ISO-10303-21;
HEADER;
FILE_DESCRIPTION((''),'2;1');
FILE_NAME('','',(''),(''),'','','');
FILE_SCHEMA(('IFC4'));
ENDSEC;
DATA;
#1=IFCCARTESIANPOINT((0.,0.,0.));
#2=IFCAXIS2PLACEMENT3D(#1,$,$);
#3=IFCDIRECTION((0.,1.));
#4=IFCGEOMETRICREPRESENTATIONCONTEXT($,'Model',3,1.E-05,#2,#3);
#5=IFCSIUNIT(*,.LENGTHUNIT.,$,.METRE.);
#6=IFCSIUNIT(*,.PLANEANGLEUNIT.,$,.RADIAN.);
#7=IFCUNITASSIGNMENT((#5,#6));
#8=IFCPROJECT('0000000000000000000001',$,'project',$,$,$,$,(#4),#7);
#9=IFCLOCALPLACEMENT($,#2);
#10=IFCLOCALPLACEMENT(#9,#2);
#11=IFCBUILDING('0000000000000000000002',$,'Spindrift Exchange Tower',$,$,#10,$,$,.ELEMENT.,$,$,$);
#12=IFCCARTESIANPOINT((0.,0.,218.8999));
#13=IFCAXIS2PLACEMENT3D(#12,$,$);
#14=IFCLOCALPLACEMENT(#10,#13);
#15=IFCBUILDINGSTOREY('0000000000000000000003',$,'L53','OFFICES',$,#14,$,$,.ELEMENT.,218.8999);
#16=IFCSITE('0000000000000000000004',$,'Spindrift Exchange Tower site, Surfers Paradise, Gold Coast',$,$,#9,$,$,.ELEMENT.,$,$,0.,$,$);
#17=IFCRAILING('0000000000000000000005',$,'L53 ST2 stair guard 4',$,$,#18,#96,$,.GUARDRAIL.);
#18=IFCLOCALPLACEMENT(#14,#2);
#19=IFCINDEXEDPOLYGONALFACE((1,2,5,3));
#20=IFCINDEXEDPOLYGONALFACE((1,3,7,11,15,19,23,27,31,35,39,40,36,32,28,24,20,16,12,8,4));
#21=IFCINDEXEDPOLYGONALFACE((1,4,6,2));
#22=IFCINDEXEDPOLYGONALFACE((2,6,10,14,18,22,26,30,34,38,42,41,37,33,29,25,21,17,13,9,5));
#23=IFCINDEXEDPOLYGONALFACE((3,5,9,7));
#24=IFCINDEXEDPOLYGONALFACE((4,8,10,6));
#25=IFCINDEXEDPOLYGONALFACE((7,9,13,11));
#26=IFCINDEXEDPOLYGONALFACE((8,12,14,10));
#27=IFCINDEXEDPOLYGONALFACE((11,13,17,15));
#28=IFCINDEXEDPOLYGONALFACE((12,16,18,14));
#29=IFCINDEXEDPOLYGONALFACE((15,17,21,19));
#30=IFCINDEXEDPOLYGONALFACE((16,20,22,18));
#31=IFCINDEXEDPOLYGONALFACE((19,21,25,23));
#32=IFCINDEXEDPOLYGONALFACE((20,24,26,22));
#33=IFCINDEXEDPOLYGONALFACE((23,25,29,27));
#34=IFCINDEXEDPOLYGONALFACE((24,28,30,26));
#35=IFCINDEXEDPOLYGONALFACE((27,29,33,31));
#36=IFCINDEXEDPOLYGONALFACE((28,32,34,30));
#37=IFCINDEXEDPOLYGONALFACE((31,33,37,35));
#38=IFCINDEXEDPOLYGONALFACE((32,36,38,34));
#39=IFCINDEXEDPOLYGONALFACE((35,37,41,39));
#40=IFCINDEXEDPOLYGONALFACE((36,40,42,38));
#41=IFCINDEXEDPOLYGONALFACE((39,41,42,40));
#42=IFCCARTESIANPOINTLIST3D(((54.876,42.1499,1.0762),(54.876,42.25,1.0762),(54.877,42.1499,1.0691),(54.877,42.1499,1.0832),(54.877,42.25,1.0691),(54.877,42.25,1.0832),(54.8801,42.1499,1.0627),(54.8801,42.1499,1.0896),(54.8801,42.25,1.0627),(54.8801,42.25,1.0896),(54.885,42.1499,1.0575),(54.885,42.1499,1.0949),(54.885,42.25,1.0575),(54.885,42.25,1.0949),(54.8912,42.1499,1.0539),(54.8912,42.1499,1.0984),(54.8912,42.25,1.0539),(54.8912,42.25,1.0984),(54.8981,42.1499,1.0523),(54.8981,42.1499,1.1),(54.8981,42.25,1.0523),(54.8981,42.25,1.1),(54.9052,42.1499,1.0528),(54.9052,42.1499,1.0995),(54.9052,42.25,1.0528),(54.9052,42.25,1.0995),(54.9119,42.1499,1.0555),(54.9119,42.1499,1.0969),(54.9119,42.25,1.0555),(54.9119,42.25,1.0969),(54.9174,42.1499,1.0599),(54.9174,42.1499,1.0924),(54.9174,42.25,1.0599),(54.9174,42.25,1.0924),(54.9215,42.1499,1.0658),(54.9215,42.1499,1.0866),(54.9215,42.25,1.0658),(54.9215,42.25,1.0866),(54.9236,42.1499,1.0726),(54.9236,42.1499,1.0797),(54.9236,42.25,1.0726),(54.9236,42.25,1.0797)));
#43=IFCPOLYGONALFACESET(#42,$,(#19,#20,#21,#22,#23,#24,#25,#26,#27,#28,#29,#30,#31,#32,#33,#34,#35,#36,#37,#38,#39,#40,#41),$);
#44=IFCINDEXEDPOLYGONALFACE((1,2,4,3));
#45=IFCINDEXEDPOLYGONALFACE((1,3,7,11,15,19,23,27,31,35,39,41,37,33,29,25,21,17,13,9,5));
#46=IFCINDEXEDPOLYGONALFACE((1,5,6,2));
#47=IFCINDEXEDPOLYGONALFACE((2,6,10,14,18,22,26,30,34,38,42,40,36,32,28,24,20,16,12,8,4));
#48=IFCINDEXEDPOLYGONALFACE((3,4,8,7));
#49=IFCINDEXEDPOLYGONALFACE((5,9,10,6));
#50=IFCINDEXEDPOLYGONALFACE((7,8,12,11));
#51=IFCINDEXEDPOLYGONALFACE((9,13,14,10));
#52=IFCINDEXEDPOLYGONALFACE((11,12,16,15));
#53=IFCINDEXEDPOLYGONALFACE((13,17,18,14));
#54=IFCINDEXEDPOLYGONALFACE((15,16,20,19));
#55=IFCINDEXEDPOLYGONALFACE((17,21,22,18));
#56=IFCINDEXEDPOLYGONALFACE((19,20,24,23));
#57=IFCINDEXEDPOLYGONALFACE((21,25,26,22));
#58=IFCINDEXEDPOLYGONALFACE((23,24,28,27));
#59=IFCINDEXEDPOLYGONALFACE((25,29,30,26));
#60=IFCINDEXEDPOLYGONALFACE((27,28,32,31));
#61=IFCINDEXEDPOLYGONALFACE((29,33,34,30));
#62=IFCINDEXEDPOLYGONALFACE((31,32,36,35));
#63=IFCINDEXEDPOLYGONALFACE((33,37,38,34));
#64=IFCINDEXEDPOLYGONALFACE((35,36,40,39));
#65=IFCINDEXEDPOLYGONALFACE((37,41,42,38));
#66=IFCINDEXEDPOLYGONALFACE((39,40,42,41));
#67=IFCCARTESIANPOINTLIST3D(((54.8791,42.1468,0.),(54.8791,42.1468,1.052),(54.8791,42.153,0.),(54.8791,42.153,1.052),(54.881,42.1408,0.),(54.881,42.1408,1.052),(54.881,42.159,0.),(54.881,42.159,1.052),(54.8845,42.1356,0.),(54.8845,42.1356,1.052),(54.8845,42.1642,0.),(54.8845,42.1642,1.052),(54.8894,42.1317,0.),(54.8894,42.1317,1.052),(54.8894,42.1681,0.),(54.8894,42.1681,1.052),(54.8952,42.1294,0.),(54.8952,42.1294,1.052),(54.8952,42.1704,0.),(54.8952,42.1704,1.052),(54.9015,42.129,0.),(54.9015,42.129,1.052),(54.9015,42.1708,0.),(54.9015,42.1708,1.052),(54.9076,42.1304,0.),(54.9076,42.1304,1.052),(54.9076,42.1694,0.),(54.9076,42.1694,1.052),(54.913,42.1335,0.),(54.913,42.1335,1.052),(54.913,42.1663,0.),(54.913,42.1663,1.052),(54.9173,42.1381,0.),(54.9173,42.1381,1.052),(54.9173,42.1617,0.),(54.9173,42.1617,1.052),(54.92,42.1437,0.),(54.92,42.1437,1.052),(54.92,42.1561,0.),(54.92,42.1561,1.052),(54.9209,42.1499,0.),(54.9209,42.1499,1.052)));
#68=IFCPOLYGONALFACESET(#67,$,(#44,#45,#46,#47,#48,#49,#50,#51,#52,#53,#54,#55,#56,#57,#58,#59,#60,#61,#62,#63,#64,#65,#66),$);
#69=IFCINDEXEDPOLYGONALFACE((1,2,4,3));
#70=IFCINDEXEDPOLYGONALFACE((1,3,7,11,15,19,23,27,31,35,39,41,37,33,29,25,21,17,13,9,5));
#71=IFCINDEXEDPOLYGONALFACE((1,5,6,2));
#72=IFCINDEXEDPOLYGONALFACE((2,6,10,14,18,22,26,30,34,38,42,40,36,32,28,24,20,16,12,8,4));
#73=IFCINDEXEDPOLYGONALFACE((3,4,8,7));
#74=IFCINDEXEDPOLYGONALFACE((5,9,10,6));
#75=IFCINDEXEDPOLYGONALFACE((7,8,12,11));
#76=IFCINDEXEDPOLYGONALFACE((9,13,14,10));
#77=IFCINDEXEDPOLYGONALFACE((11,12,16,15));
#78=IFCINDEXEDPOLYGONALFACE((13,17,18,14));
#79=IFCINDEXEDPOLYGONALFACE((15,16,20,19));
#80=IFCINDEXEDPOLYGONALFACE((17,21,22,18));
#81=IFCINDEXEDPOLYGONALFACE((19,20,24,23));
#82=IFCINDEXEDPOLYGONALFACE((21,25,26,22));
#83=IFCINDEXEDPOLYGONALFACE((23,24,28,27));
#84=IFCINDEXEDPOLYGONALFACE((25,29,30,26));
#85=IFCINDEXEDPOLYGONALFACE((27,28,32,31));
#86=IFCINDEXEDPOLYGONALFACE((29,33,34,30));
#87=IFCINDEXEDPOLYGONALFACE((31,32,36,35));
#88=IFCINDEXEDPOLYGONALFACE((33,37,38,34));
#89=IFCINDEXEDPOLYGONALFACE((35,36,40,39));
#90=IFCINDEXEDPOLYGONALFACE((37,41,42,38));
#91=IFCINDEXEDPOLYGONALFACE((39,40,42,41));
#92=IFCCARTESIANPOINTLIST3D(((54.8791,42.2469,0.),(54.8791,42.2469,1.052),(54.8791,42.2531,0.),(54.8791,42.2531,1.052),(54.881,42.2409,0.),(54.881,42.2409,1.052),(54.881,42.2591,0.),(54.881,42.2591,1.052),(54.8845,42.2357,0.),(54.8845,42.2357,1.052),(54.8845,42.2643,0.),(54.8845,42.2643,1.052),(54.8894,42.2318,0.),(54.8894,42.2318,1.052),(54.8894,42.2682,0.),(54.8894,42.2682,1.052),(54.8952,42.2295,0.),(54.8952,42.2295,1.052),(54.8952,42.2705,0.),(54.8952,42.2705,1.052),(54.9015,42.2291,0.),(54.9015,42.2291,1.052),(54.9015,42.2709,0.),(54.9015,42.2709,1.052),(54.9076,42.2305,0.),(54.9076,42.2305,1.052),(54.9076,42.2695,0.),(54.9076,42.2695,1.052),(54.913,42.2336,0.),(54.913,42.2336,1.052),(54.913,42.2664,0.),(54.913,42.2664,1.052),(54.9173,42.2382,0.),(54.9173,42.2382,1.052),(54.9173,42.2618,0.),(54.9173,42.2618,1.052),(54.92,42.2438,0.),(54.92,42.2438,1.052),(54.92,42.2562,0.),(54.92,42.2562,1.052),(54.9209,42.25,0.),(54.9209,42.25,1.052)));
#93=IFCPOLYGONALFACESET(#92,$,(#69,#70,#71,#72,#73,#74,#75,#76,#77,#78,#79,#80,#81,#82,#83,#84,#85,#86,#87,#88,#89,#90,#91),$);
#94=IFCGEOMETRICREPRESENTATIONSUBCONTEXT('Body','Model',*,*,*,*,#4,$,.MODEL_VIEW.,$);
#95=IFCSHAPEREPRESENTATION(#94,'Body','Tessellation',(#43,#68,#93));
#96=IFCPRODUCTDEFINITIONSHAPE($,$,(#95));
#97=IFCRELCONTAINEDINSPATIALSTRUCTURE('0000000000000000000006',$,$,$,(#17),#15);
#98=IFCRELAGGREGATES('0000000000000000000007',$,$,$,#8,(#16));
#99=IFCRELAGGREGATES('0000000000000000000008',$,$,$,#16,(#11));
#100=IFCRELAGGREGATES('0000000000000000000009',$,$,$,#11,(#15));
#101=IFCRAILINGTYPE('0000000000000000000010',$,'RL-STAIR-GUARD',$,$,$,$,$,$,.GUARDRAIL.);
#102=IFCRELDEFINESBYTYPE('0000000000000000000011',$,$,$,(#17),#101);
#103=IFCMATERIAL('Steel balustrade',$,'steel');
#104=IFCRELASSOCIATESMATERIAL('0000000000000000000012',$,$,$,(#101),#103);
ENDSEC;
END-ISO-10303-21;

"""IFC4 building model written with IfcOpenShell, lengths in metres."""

from ifc_helpers import new_model, si_unit, direction, frame, origin, origin_2d, place, context, subcontext, project, spatial, circle, extrude, material, type_object, element, save


model = new_model("IFC4")

# Units and contexts
model_context = context("Model", 3, precision=1e-05, world=origin(), true_north=direction((0.0, 1.0)))
body_context = subcontext(model_context, "Body", "Model", "MODEL_VIEW")
ifc_project = project(units=[si_unit("LENGTHUNIT", "METRE"), si_unit("PLANEANGLEUNIT", "RADIAN")], contexts=[model_context])

# Site, building, storey
site_placement = place(None, origin())
site = spatial("IfcSite", under=ifc_project, at=site_placement, Name="Spindrift Exchange Tower site, Surfers Paradise, Gold Coast", CompositionType="ELEMENT", RefElevation=0.0)
building_placement = place(site_placement, origin())
building = spatial("IfcBuilding", under=site, at=building_placement, Name="Spindrift Exchange Tower", CompositionType="ELEMENT")
storey_placement = place(building_placement, frame((0.0, 0.0, 218.8999)))
storey = spatial("IfcBuildingStorey", under=building, at=storey_placement, Name="L53", Description="OFFICES", CompositionType="ELEMENT", Elevation=218.8999)

# Railing
ifc_material_1 = material(Name="Steel balustrade", Category="steel")
railing_type_1 = type_object("IfcRailingType", Name="RL-STAIR-GUARD", PredefinedType="GUARDRAIL", material=ifc_material_1)
railing_1_placement = place(storey_placement, frame((54.8999, 42.1499, 0.0)))
element("IfcRailing", 1, at=railing_1_placement, inside=storey, type_object=railing_type_1, Name="L53 ST2 stair guard 4", PredefinedType="GUARDRAIL", context=body_context, shape_type="SweptSolid", body=[
    extrude(circle(Radius=0.0239, at=origin_2d()), frame((0.0, 0.0, 1.0762), z_axis=(0.0, 1.0, 0.0), x_axis=(-1.0, 0.0, 0.0)), (0.0, 0.0, 1.0), 0.1001),
    extrude(circle(Radius=0.021, at=origin_2d()), origin(), (0.0, 0.0, 1.0), 1.052),
    extrude(circle(Radius=0.021, at=origin_2d()), frame((0.0, 0.1001, 0.0)), (0.0, 0.0, 1.0), 1.052),
])

save(model, "model.ifc")
